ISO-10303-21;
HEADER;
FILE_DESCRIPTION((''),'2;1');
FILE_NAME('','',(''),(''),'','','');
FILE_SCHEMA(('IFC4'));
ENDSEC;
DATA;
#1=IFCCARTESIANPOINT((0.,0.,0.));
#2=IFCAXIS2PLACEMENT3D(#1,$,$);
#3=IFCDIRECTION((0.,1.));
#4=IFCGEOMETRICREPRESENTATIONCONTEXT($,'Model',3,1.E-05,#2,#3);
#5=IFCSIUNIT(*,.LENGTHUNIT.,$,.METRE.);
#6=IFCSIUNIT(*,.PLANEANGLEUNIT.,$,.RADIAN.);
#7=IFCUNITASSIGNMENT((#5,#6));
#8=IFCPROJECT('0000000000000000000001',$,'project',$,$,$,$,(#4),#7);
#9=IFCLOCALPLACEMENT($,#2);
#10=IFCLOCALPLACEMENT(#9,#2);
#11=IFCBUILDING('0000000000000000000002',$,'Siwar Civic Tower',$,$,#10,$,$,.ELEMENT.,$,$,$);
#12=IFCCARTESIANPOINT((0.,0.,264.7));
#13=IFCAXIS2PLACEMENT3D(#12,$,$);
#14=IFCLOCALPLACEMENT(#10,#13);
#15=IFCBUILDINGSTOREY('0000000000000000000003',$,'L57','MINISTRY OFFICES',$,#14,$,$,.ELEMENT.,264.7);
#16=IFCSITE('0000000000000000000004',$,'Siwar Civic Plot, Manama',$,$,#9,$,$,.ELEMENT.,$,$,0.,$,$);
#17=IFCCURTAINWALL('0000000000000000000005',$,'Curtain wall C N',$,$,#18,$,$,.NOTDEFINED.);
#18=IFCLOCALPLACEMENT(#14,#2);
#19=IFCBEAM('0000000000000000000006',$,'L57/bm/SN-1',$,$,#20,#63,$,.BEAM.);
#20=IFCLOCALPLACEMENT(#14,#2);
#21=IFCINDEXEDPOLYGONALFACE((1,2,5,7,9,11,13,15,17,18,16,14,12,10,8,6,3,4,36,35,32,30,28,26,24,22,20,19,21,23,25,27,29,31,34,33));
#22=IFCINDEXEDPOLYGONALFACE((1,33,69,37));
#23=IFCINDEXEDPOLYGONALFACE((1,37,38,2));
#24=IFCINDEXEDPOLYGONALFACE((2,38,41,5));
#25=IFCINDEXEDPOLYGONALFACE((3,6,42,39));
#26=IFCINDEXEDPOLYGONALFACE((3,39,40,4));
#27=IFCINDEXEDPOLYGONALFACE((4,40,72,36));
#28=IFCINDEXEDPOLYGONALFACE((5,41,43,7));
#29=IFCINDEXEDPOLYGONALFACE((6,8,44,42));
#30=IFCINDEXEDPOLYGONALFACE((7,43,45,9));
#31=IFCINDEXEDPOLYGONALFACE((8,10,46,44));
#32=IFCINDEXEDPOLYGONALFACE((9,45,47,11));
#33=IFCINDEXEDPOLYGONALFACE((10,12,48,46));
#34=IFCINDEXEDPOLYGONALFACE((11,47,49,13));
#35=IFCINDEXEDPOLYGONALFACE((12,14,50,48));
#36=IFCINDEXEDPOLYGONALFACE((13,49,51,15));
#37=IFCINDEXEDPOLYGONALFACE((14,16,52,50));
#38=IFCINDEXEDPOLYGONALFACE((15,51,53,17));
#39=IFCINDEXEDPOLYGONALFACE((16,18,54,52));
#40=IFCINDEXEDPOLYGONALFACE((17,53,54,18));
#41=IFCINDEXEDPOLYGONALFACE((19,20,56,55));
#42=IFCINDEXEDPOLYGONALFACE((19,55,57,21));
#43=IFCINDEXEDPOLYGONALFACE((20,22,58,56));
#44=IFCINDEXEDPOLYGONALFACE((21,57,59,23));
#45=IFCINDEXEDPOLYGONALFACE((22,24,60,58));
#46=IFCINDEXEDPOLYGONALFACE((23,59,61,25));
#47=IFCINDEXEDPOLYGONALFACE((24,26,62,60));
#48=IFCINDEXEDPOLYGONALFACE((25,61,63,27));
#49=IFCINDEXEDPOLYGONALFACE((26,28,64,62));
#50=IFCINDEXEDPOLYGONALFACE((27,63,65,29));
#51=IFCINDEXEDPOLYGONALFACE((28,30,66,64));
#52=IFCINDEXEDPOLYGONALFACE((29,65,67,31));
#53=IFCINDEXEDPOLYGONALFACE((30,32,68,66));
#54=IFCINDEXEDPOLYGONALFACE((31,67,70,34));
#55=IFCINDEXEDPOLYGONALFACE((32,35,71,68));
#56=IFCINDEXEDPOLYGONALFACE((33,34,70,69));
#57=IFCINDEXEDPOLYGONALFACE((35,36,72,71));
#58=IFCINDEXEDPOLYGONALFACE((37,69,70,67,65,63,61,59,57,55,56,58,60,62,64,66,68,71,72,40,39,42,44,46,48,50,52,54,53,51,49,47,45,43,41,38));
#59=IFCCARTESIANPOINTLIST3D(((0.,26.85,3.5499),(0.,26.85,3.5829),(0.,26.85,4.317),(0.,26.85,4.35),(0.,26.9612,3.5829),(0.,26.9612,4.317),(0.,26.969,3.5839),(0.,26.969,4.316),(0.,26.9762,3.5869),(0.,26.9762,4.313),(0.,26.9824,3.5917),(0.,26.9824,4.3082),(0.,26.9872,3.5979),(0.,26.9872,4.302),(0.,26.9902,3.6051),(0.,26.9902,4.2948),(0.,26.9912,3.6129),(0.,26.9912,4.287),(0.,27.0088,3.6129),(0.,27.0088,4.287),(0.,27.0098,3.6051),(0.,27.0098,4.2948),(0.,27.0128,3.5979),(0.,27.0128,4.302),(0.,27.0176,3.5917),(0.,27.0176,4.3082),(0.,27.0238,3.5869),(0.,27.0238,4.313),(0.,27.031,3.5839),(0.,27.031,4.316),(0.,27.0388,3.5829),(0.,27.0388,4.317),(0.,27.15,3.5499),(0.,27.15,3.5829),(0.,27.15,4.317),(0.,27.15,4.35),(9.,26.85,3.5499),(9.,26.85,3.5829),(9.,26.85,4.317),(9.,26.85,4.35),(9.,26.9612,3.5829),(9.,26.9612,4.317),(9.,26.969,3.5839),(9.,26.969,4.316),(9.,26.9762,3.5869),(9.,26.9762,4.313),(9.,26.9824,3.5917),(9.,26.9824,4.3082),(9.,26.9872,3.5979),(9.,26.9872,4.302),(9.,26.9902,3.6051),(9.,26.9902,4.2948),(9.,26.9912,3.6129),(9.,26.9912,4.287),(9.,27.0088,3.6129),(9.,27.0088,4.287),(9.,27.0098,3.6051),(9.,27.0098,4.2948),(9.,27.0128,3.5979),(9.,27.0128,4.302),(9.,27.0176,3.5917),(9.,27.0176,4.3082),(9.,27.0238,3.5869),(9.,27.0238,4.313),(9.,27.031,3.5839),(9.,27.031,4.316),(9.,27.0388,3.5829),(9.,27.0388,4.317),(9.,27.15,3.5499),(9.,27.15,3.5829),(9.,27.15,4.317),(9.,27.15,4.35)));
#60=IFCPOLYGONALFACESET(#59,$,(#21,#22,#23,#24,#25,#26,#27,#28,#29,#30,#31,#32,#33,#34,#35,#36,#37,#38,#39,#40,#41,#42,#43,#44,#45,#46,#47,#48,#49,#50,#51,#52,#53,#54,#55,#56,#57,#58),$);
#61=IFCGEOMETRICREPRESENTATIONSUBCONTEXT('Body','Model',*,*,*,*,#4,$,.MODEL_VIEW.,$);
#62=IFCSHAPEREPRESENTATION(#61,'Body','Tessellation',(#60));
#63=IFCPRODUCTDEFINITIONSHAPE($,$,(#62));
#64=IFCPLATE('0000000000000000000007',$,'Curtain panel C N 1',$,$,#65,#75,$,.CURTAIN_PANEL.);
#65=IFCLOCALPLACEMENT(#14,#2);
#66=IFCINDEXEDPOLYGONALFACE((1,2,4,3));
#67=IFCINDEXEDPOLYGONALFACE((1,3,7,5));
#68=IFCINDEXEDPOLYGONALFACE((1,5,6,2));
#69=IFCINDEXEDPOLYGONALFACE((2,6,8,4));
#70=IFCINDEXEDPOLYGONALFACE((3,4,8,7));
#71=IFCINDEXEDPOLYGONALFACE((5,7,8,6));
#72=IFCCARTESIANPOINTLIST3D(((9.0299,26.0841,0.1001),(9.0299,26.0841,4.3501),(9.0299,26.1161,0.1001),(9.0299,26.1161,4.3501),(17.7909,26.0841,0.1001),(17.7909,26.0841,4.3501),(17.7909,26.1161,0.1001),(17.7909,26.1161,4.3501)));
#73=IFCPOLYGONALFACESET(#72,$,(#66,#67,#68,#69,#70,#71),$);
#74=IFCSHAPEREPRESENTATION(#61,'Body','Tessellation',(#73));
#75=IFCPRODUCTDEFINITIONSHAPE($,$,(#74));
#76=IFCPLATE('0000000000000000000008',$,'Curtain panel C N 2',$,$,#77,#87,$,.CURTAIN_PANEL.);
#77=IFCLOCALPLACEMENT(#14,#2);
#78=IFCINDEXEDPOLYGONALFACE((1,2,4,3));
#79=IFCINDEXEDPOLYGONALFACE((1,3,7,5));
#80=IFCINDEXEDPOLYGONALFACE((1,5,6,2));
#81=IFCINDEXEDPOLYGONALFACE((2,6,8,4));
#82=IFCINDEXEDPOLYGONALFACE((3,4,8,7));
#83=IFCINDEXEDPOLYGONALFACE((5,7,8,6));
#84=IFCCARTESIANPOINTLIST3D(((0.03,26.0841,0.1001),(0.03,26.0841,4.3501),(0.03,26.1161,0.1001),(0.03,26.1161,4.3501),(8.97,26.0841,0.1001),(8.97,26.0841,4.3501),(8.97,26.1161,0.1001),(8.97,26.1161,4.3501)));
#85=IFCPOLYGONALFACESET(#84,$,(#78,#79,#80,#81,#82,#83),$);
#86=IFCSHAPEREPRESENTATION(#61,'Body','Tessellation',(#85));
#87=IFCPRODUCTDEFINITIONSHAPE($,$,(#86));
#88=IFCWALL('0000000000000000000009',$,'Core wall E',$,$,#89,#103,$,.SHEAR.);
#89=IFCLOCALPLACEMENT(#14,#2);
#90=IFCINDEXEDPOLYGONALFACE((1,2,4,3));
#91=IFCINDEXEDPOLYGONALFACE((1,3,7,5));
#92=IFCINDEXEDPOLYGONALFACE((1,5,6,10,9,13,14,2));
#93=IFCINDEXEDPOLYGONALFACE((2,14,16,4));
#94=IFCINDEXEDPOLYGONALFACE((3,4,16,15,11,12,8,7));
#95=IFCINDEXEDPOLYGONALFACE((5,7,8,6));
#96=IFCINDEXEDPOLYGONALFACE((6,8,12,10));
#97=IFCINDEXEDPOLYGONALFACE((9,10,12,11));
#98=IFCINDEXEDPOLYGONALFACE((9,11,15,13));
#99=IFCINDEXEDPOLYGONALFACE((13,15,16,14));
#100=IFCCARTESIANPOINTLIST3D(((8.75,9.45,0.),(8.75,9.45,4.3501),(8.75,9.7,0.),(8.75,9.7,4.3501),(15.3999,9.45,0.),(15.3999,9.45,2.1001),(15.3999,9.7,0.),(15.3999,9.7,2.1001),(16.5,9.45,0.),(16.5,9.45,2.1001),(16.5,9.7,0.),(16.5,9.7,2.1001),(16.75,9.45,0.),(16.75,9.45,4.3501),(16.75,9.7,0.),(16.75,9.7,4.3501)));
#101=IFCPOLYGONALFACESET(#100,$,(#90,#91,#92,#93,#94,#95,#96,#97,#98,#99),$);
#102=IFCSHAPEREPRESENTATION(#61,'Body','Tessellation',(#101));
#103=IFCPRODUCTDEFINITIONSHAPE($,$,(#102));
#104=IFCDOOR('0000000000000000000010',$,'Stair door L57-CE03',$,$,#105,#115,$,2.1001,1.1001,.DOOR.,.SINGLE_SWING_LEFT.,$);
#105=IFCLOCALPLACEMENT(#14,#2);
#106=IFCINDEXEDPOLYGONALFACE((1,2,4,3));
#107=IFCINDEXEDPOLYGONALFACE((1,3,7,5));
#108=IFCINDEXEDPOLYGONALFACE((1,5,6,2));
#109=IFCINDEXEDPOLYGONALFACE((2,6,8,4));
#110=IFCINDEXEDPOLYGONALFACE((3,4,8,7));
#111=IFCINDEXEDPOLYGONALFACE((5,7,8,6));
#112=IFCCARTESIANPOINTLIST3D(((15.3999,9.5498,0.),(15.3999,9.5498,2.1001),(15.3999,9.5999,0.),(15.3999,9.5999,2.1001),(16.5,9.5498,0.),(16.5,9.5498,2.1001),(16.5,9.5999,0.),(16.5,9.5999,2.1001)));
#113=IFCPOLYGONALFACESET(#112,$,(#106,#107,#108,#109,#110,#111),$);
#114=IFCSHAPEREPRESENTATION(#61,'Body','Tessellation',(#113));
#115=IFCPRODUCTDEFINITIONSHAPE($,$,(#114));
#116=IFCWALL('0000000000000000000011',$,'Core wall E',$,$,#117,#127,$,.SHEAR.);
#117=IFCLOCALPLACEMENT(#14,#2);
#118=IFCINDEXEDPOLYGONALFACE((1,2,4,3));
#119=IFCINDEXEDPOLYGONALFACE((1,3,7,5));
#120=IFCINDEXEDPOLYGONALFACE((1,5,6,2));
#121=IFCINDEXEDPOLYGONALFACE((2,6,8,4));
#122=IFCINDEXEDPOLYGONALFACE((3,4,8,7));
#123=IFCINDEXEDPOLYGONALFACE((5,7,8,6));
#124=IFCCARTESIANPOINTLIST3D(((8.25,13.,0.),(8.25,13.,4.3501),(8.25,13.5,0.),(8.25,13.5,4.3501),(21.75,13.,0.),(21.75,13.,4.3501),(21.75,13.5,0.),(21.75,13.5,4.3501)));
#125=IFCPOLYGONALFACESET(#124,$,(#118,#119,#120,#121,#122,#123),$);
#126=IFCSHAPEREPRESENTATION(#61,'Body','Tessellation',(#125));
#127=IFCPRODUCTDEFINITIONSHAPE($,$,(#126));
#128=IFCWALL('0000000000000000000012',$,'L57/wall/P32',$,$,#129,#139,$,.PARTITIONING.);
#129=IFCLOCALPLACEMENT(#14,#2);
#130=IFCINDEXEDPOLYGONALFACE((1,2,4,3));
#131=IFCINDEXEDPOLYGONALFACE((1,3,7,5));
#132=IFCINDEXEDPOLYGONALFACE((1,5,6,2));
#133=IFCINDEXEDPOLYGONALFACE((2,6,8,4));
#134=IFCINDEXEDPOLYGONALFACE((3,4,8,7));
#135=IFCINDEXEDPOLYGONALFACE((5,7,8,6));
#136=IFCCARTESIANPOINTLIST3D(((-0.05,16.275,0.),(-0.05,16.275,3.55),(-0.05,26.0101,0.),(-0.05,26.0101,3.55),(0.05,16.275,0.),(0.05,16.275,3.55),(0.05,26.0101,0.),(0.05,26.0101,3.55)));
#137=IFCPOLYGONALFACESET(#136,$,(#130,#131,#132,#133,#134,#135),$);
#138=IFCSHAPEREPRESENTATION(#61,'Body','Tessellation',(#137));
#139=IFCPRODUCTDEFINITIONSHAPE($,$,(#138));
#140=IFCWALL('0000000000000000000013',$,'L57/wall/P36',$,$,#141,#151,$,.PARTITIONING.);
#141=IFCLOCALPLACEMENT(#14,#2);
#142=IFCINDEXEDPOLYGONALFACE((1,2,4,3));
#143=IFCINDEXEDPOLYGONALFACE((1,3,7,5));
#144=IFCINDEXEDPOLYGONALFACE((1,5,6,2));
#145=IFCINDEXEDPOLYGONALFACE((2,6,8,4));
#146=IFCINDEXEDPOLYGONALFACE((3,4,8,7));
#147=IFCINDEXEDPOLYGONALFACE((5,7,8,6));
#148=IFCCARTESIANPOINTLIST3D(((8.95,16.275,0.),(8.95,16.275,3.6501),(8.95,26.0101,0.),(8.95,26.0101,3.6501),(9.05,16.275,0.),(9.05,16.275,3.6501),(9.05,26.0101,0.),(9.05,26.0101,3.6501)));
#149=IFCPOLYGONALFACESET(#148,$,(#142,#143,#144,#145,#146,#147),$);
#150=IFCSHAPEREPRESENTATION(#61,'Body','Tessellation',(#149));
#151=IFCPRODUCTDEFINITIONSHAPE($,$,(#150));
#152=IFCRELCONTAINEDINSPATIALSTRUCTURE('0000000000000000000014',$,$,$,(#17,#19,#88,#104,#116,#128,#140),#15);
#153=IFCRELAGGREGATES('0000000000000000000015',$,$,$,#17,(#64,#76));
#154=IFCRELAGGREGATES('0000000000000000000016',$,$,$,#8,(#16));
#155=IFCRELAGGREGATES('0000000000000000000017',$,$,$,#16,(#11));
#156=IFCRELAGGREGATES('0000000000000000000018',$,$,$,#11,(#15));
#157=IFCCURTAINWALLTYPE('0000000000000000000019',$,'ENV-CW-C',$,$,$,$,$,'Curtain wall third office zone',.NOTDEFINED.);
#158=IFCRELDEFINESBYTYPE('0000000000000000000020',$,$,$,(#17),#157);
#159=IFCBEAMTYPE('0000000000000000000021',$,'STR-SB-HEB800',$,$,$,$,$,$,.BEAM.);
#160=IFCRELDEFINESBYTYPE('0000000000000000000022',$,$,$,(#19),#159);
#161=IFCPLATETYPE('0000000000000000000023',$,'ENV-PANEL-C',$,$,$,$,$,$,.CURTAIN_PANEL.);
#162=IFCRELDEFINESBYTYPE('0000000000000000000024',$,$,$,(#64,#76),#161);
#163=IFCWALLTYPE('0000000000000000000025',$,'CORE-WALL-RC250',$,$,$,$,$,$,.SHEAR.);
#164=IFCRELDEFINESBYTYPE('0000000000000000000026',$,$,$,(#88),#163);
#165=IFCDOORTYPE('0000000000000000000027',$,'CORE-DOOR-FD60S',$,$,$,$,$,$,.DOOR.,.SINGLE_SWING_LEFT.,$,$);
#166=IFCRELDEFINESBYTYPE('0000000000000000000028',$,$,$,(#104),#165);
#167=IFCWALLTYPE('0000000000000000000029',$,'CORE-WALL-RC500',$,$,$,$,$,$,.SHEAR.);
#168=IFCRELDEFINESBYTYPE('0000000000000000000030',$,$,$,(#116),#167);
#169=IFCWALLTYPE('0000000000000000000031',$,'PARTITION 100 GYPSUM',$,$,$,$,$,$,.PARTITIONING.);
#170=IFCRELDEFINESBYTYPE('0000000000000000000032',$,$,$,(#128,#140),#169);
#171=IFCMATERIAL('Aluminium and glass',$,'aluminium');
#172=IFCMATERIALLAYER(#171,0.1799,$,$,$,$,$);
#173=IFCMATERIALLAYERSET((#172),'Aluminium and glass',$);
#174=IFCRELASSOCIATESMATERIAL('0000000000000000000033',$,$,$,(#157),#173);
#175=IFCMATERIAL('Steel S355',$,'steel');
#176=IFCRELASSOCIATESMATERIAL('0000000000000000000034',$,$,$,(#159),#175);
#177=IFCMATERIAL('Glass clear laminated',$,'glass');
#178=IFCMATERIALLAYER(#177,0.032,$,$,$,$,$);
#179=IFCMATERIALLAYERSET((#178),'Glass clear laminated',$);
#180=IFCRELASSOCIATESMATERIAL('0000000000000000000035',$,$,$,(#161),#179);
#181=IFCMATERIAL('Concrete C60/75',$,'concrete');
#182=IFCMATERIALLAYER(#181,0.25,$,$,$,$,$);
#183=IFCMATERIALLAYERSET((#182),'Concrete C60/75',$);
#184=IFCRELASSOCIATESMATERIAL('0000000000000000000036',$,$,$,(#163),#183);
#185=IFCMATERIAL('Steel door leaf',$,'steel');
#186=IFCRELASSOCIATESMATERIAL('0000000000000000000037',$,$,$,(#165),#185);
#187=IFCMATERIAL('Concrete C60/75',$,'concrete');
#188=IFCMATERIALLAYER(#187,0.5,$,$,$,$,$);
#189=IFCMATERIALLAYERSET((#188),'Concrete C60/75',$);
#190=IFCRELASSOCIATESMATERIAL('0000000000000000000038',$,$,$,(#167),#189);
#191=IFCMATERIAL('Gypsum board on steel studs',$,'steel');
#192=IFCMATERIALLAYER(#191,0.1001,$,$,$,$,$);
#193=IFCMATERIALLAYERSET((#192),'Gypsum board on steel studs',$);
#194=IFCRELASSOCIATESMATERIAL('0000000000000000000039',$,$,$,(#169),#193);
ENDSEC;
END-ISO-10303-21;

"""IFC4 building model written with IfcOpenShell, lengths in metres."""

from ifc_helpers import new_model, si_unit, direction, frame, frame_2d, origin, origin_2d, place, context, subcontext, project, spatial, rectangle, i_section, extrude, material, layer, layer_set, material_profile, profile_set, type_object, element, fill, aggregate, save


model = new_model("IFC4")

# Units and contexts
model_context = context("Model", 3, precision=1e-05, world=origin(), true_north=direction((0.0, 1.0)))
body_context = subcontext(model_context, "Body", "Model", "MODEL_VIEW")
ifc_project = project(units=[si_unit("LENGTHUNIT", "METRE"), si_unit("PLANEANGLEUNIT", "RADIAN")], contexts=[model_context])

# Site, building, storey
site_placement = place(None, origin())
site = spatial("IfcSite", under=ifc_project, at=site_placement, Name="Siwar Civic Plot, Manama", CompositionType="ELEMENT", RefElevation=0.0)
building_placement = place(site_placement, origin())
building = spatial("IfcBuilding", under=site, at=building_placement, Name="Siwar Civic Tower", CompositionType="ELEMENT")
storey_placement = place(building_placement, frame((0.0, 0.0, 264.7)))
storey = spatial("IfcBuildingStorey", under=building, at=storey_placement, Name="L57", Description="MINISTRY OFFICES", CompositionType="ELEMENT", Elevation=264.7)

# Curtain wall
ifc_material_1 = material(Name="Aluminium and glass", Category="aluminium")
ifc_layer_1 = layer(ifc_material_1, 0.1799)
ifc_layer_set_1 = layer_set([ifc_layer_1], Name="Aluminium and glass")
curtain_wall_type_1 = type_object("IfcCurtainWallType", Name="ENV-CW-C", ElementType="Curtain wall third office zone", PredefinedType="NOTDEFINED", material=ifc_layer_set_1)
curtain_wall_1_placement = place(storey_placement, origin())
curtain_wall_1 = element("IfcCurtainWall", 1, at=curtain_wall_1_placement, inside=storey, type_object=curtain_wall_type_1, Name="Curtain wall C N", PredefinedType="NOTDEFINED")

# Beam
ifc_material_2 = material(Name="Steel S355", Category="steel")
ifc_material_profile_1 = material_profile(ifc_material_2, i_section(OverallWidth=0.3, OverallDepth=0.8, WebThickness=0.0176, FlangeThickness=0.033, FilletRadius=0.03, at=origin_2d()), Name="HEB800")
ifc_profile_set_1 = profile_set([ifc_material_profile_1], Name="Steel S355")
beam_type_1 = type_object("IfcBeamType", Name="STR-SB-HEB800", PredefinedType="BEAM", material=ifc_profile_set_1)
beam_1_placement = place(storey_placement, frame((9.0, 27.0, 3.95), z_axis=(-1.0, 0.0, 0.0), x_axis=(0.0, -1.0, 0.0)))
element("IfcBeam", 2, at=beam_1_placement, inside=storey, type_object=beam_type_1, Name="L57/bm/SN-1", PredefinedType="BEAM", context=body_context, shape_type="SweptSolid", body=[
    extrude(i_section(OverallWidth=0.3, OverallDepth=0.8, WebThickness=0.0176, FlangeThickness=0.033, FilletRadius=0.03, at=origin_2d()), origin(), (0.0, 0.0, 1.0), 9.0),
])

# Plates
ifc_material_3 = material(Name="Glass clear laminated", Category="glass")
ifc_layer_2 = layer(ifc_material_3, 0.032)
ifc_layer_set_2 = layer_set([ifc_layer_2], Name="Glass clear laminated")
plate_type = type_object("IfcPlateType", Name="ENV-PANEL-C", PredefinedType="CURTAIN_PANEL", material=ifc_layer_set_2)
plate_1_placement = place(storey_placement, frame((13.4104, 26.1001, 0.1001), z_axis=(0.0, 0.0, 1.0), x_axis=(-1.0, 0.0, 0.0)))
plate_1 = element("IfcPlate", 3, at=plate_1_placement, type_object=plate_type, Name="Curtain panel C N 1", PredefinedType="CURTAIN_PANEL", context=body_context, shape_type="SweptSolid", body=[
    extrude(rectangle(XDim=8.761, YDim=0.032, at=origin_2d()), origin(), (0.0, 0.0, 1.0), 4.25),
])
plate_2_placement = place(storey_placement, frame((4.5, 26.1001, 0.1001), z_axis=(0.0, 0.0, 1.0), x_axis=(-1.0, 0.0, 0.0)))
plate_2 = element("IfcPlate", 4, at=plate_2_placement, type_object=plate_type, Name="Curtain panel C N 2", PredefinedType="CURTAIN_PANEL", context=body_context, shape_type="SweptSolid", body=[
    extrude(rectangle(XDim=8.9399, YDim=0.032, at=origin_2d()), origin(), (0.0, 0.0, 1.0), 4.25),
])
aggregate(curtain_wall_1, [plate_1, plate_2])

# Wall, opening, door
ifc_material_4 = material(Name="Concrete C60/75", Category="concrete")
ifc_layer_3 = layer(ifc_material_4, 0.25)
ifc_layer_set_3 = layer_set([ifc_layer_3], Name="Concrete C60/75")
wall_type_1 = type_object("IfcWallType", Name="CORE-WALL-RC250", PredefinedType="SHEAR", material=ifc_layer_set_3)
wall_1_placement = place(storey_placement, frame((8.75, 9.575, 0.0), z_axis=(0.0, 0.0, 1.0), x_axis=(1.0, 0.0, 0.0)))
wall_1 = element("IfcWall", 5, at=wall_1_placement, inside=storey, type_object=wall_type_1, Name="Core wall E", PredefinedType="SHEAR", context=body_context, shape_type="SweptSolid", body=[
    extrude(rectangle(XDim=8.0, YDim=0.25, at=frame_2d((4.0, 0.0))), origin(), (0.0, 0.0, 1.0), 4.3501),
])
opening_placement = place(wall_1_placement, frame((6.6499, 0.0, 0.0)))
opening = element("IfcOpeningElement", 6, at=opening_placement, cuts=wall_1, PredefinedType="OPENING", context=body_context, shape_type="SweptSolid", body=[
    extrude(rectangle(XDim=1.1001, YDim=2.1001, at=frame_2d((0.55, 1.05))), frame((0.0, 0.135, 0.0), z_axis=(0.0, -1.0, 0.0), x_axis=(1.0, 0.0, 0.0)), (0.0, 0.0, 1.0), 0.27),
])
ifc_material_5 = material(Name="Steel door leaf", Category="steel")
door_type = type_object("IfcDoorType", Name="CORE-DOOR-FD60S", OperationType="SINGLE_SWING_LEFT", PredefinedType="DOOR", material=ifc_material_5)
door_placement = place(opening_placement, origin())
door = element("IfcDoor", 7, at=door_placement, inside=storey, type_object=door_type, Name="Stair door L57-CE03", OperationType="SINGLE_SWING_LEFT", OverallHeight=2.1001, OverallWidth=1.1001, PredefinedType="DOOR", context=body_context, shape_type="SweptSolid", body=[
    extrude(rectangle(XDim=1.1001, YDim=2.1001, at=frame_2d((0.55, 1.05))), frame((0.0, 0.0249, 0.0), z_axis=(0.0, -1.0, 0.0), x_axis=(1.0, 0.0, 0.0)), (0.0, 0.0, 1.0), 0.05),
])
fill(opening, door)

# Walls
ifc_material_6 = material(Name="Concrete C60/75", Category="concrete")
ifc_layer_4 = layer(ifc_material_6, 0.5)
ifc_layer_set_4 = layer_set([ifc_layer_4], Name="Concrete C60/75")
wall_type_2 = type_object("IfcWallType", Name="CORE-WALL-RC500", PredefinedType="SHEAR", material=ifc_layer_set_4)
wall_2_placement = place(storey_placement, frame((8.25, 13.25, 0.0), z_axis=(0.0, 0.0, 1.0), x_axis=(1.0, 0.0, 0.0)))
element("IfcWall", 8, at=wall_2_placement, inside=storey, type_object=wall_type_2, Name="Core wall E", PredefinedType="SHEAR", context=body_context, shape_type="SweptSolid", body=[
    extrude(rectangle(XDim=13.5, YDim=0.5, at=frame_2d((6.75, 0.0))), origin(), (0.0, 0.0, 1.0), 4.3501),
])
ifc_material_7 = material(Name="Gypsum board on steel studs", Category="steel")
ifc_layer_5 = layer(ifc_material_7, 0.1001)
ifc_layer_set_5 = layer_set([ifc_layer_5], Name="Gypsum board on steel studs")
wall_type_3 = type_object("IfcWallType", Name="PARTITION 100 GYPSUM", PredefinedType="PARTITIONING", material=ifc_layer_set_5)
wall_3_placement = place(storey_placement, frame((0.0, 16.2749, 0.0), z_axis=(0.0, 0.0, 1.0), x_axis=(0.0, 1.0, 0.0)))
element("IfcWall", 9, at=wall_3_placement, inside=storey, type_object=wall_type_3, Name="L57/wall/P32", PredefinedType="PARTITIONING", context=body_context, shape_type="SweptSolid", body=[
    extrude(rectangle(XDim=9.7351, YDim=0.1001, at=frame_2d((4.8677, 0.0))), origin(), (0.0, 0.0, 1.0), 3.55),
])
wall_4_placement = place(storey_placement, frame((9.0, 16.2749, 0.0), z_axis=(0.0, 0.0, 1.0), x_axis=(0.0, 1.0, 0.0)))
element("IfcWall", 10, at=wall_4_placement, inside=storey, type_object=wall_type_3, Name="L57/wall/P36", PredefinedType="PARTITIONING", context=body_context, shape_type="SweptSolid", body=[
    extrude(rectangle(XDim=9.7351, YDim=0.1001, at=frame_2d((4.8677, 0.0))), origin(), (0.0, 0.0, 1.0), 3.6501),
])

save(model, "model.ifc")
